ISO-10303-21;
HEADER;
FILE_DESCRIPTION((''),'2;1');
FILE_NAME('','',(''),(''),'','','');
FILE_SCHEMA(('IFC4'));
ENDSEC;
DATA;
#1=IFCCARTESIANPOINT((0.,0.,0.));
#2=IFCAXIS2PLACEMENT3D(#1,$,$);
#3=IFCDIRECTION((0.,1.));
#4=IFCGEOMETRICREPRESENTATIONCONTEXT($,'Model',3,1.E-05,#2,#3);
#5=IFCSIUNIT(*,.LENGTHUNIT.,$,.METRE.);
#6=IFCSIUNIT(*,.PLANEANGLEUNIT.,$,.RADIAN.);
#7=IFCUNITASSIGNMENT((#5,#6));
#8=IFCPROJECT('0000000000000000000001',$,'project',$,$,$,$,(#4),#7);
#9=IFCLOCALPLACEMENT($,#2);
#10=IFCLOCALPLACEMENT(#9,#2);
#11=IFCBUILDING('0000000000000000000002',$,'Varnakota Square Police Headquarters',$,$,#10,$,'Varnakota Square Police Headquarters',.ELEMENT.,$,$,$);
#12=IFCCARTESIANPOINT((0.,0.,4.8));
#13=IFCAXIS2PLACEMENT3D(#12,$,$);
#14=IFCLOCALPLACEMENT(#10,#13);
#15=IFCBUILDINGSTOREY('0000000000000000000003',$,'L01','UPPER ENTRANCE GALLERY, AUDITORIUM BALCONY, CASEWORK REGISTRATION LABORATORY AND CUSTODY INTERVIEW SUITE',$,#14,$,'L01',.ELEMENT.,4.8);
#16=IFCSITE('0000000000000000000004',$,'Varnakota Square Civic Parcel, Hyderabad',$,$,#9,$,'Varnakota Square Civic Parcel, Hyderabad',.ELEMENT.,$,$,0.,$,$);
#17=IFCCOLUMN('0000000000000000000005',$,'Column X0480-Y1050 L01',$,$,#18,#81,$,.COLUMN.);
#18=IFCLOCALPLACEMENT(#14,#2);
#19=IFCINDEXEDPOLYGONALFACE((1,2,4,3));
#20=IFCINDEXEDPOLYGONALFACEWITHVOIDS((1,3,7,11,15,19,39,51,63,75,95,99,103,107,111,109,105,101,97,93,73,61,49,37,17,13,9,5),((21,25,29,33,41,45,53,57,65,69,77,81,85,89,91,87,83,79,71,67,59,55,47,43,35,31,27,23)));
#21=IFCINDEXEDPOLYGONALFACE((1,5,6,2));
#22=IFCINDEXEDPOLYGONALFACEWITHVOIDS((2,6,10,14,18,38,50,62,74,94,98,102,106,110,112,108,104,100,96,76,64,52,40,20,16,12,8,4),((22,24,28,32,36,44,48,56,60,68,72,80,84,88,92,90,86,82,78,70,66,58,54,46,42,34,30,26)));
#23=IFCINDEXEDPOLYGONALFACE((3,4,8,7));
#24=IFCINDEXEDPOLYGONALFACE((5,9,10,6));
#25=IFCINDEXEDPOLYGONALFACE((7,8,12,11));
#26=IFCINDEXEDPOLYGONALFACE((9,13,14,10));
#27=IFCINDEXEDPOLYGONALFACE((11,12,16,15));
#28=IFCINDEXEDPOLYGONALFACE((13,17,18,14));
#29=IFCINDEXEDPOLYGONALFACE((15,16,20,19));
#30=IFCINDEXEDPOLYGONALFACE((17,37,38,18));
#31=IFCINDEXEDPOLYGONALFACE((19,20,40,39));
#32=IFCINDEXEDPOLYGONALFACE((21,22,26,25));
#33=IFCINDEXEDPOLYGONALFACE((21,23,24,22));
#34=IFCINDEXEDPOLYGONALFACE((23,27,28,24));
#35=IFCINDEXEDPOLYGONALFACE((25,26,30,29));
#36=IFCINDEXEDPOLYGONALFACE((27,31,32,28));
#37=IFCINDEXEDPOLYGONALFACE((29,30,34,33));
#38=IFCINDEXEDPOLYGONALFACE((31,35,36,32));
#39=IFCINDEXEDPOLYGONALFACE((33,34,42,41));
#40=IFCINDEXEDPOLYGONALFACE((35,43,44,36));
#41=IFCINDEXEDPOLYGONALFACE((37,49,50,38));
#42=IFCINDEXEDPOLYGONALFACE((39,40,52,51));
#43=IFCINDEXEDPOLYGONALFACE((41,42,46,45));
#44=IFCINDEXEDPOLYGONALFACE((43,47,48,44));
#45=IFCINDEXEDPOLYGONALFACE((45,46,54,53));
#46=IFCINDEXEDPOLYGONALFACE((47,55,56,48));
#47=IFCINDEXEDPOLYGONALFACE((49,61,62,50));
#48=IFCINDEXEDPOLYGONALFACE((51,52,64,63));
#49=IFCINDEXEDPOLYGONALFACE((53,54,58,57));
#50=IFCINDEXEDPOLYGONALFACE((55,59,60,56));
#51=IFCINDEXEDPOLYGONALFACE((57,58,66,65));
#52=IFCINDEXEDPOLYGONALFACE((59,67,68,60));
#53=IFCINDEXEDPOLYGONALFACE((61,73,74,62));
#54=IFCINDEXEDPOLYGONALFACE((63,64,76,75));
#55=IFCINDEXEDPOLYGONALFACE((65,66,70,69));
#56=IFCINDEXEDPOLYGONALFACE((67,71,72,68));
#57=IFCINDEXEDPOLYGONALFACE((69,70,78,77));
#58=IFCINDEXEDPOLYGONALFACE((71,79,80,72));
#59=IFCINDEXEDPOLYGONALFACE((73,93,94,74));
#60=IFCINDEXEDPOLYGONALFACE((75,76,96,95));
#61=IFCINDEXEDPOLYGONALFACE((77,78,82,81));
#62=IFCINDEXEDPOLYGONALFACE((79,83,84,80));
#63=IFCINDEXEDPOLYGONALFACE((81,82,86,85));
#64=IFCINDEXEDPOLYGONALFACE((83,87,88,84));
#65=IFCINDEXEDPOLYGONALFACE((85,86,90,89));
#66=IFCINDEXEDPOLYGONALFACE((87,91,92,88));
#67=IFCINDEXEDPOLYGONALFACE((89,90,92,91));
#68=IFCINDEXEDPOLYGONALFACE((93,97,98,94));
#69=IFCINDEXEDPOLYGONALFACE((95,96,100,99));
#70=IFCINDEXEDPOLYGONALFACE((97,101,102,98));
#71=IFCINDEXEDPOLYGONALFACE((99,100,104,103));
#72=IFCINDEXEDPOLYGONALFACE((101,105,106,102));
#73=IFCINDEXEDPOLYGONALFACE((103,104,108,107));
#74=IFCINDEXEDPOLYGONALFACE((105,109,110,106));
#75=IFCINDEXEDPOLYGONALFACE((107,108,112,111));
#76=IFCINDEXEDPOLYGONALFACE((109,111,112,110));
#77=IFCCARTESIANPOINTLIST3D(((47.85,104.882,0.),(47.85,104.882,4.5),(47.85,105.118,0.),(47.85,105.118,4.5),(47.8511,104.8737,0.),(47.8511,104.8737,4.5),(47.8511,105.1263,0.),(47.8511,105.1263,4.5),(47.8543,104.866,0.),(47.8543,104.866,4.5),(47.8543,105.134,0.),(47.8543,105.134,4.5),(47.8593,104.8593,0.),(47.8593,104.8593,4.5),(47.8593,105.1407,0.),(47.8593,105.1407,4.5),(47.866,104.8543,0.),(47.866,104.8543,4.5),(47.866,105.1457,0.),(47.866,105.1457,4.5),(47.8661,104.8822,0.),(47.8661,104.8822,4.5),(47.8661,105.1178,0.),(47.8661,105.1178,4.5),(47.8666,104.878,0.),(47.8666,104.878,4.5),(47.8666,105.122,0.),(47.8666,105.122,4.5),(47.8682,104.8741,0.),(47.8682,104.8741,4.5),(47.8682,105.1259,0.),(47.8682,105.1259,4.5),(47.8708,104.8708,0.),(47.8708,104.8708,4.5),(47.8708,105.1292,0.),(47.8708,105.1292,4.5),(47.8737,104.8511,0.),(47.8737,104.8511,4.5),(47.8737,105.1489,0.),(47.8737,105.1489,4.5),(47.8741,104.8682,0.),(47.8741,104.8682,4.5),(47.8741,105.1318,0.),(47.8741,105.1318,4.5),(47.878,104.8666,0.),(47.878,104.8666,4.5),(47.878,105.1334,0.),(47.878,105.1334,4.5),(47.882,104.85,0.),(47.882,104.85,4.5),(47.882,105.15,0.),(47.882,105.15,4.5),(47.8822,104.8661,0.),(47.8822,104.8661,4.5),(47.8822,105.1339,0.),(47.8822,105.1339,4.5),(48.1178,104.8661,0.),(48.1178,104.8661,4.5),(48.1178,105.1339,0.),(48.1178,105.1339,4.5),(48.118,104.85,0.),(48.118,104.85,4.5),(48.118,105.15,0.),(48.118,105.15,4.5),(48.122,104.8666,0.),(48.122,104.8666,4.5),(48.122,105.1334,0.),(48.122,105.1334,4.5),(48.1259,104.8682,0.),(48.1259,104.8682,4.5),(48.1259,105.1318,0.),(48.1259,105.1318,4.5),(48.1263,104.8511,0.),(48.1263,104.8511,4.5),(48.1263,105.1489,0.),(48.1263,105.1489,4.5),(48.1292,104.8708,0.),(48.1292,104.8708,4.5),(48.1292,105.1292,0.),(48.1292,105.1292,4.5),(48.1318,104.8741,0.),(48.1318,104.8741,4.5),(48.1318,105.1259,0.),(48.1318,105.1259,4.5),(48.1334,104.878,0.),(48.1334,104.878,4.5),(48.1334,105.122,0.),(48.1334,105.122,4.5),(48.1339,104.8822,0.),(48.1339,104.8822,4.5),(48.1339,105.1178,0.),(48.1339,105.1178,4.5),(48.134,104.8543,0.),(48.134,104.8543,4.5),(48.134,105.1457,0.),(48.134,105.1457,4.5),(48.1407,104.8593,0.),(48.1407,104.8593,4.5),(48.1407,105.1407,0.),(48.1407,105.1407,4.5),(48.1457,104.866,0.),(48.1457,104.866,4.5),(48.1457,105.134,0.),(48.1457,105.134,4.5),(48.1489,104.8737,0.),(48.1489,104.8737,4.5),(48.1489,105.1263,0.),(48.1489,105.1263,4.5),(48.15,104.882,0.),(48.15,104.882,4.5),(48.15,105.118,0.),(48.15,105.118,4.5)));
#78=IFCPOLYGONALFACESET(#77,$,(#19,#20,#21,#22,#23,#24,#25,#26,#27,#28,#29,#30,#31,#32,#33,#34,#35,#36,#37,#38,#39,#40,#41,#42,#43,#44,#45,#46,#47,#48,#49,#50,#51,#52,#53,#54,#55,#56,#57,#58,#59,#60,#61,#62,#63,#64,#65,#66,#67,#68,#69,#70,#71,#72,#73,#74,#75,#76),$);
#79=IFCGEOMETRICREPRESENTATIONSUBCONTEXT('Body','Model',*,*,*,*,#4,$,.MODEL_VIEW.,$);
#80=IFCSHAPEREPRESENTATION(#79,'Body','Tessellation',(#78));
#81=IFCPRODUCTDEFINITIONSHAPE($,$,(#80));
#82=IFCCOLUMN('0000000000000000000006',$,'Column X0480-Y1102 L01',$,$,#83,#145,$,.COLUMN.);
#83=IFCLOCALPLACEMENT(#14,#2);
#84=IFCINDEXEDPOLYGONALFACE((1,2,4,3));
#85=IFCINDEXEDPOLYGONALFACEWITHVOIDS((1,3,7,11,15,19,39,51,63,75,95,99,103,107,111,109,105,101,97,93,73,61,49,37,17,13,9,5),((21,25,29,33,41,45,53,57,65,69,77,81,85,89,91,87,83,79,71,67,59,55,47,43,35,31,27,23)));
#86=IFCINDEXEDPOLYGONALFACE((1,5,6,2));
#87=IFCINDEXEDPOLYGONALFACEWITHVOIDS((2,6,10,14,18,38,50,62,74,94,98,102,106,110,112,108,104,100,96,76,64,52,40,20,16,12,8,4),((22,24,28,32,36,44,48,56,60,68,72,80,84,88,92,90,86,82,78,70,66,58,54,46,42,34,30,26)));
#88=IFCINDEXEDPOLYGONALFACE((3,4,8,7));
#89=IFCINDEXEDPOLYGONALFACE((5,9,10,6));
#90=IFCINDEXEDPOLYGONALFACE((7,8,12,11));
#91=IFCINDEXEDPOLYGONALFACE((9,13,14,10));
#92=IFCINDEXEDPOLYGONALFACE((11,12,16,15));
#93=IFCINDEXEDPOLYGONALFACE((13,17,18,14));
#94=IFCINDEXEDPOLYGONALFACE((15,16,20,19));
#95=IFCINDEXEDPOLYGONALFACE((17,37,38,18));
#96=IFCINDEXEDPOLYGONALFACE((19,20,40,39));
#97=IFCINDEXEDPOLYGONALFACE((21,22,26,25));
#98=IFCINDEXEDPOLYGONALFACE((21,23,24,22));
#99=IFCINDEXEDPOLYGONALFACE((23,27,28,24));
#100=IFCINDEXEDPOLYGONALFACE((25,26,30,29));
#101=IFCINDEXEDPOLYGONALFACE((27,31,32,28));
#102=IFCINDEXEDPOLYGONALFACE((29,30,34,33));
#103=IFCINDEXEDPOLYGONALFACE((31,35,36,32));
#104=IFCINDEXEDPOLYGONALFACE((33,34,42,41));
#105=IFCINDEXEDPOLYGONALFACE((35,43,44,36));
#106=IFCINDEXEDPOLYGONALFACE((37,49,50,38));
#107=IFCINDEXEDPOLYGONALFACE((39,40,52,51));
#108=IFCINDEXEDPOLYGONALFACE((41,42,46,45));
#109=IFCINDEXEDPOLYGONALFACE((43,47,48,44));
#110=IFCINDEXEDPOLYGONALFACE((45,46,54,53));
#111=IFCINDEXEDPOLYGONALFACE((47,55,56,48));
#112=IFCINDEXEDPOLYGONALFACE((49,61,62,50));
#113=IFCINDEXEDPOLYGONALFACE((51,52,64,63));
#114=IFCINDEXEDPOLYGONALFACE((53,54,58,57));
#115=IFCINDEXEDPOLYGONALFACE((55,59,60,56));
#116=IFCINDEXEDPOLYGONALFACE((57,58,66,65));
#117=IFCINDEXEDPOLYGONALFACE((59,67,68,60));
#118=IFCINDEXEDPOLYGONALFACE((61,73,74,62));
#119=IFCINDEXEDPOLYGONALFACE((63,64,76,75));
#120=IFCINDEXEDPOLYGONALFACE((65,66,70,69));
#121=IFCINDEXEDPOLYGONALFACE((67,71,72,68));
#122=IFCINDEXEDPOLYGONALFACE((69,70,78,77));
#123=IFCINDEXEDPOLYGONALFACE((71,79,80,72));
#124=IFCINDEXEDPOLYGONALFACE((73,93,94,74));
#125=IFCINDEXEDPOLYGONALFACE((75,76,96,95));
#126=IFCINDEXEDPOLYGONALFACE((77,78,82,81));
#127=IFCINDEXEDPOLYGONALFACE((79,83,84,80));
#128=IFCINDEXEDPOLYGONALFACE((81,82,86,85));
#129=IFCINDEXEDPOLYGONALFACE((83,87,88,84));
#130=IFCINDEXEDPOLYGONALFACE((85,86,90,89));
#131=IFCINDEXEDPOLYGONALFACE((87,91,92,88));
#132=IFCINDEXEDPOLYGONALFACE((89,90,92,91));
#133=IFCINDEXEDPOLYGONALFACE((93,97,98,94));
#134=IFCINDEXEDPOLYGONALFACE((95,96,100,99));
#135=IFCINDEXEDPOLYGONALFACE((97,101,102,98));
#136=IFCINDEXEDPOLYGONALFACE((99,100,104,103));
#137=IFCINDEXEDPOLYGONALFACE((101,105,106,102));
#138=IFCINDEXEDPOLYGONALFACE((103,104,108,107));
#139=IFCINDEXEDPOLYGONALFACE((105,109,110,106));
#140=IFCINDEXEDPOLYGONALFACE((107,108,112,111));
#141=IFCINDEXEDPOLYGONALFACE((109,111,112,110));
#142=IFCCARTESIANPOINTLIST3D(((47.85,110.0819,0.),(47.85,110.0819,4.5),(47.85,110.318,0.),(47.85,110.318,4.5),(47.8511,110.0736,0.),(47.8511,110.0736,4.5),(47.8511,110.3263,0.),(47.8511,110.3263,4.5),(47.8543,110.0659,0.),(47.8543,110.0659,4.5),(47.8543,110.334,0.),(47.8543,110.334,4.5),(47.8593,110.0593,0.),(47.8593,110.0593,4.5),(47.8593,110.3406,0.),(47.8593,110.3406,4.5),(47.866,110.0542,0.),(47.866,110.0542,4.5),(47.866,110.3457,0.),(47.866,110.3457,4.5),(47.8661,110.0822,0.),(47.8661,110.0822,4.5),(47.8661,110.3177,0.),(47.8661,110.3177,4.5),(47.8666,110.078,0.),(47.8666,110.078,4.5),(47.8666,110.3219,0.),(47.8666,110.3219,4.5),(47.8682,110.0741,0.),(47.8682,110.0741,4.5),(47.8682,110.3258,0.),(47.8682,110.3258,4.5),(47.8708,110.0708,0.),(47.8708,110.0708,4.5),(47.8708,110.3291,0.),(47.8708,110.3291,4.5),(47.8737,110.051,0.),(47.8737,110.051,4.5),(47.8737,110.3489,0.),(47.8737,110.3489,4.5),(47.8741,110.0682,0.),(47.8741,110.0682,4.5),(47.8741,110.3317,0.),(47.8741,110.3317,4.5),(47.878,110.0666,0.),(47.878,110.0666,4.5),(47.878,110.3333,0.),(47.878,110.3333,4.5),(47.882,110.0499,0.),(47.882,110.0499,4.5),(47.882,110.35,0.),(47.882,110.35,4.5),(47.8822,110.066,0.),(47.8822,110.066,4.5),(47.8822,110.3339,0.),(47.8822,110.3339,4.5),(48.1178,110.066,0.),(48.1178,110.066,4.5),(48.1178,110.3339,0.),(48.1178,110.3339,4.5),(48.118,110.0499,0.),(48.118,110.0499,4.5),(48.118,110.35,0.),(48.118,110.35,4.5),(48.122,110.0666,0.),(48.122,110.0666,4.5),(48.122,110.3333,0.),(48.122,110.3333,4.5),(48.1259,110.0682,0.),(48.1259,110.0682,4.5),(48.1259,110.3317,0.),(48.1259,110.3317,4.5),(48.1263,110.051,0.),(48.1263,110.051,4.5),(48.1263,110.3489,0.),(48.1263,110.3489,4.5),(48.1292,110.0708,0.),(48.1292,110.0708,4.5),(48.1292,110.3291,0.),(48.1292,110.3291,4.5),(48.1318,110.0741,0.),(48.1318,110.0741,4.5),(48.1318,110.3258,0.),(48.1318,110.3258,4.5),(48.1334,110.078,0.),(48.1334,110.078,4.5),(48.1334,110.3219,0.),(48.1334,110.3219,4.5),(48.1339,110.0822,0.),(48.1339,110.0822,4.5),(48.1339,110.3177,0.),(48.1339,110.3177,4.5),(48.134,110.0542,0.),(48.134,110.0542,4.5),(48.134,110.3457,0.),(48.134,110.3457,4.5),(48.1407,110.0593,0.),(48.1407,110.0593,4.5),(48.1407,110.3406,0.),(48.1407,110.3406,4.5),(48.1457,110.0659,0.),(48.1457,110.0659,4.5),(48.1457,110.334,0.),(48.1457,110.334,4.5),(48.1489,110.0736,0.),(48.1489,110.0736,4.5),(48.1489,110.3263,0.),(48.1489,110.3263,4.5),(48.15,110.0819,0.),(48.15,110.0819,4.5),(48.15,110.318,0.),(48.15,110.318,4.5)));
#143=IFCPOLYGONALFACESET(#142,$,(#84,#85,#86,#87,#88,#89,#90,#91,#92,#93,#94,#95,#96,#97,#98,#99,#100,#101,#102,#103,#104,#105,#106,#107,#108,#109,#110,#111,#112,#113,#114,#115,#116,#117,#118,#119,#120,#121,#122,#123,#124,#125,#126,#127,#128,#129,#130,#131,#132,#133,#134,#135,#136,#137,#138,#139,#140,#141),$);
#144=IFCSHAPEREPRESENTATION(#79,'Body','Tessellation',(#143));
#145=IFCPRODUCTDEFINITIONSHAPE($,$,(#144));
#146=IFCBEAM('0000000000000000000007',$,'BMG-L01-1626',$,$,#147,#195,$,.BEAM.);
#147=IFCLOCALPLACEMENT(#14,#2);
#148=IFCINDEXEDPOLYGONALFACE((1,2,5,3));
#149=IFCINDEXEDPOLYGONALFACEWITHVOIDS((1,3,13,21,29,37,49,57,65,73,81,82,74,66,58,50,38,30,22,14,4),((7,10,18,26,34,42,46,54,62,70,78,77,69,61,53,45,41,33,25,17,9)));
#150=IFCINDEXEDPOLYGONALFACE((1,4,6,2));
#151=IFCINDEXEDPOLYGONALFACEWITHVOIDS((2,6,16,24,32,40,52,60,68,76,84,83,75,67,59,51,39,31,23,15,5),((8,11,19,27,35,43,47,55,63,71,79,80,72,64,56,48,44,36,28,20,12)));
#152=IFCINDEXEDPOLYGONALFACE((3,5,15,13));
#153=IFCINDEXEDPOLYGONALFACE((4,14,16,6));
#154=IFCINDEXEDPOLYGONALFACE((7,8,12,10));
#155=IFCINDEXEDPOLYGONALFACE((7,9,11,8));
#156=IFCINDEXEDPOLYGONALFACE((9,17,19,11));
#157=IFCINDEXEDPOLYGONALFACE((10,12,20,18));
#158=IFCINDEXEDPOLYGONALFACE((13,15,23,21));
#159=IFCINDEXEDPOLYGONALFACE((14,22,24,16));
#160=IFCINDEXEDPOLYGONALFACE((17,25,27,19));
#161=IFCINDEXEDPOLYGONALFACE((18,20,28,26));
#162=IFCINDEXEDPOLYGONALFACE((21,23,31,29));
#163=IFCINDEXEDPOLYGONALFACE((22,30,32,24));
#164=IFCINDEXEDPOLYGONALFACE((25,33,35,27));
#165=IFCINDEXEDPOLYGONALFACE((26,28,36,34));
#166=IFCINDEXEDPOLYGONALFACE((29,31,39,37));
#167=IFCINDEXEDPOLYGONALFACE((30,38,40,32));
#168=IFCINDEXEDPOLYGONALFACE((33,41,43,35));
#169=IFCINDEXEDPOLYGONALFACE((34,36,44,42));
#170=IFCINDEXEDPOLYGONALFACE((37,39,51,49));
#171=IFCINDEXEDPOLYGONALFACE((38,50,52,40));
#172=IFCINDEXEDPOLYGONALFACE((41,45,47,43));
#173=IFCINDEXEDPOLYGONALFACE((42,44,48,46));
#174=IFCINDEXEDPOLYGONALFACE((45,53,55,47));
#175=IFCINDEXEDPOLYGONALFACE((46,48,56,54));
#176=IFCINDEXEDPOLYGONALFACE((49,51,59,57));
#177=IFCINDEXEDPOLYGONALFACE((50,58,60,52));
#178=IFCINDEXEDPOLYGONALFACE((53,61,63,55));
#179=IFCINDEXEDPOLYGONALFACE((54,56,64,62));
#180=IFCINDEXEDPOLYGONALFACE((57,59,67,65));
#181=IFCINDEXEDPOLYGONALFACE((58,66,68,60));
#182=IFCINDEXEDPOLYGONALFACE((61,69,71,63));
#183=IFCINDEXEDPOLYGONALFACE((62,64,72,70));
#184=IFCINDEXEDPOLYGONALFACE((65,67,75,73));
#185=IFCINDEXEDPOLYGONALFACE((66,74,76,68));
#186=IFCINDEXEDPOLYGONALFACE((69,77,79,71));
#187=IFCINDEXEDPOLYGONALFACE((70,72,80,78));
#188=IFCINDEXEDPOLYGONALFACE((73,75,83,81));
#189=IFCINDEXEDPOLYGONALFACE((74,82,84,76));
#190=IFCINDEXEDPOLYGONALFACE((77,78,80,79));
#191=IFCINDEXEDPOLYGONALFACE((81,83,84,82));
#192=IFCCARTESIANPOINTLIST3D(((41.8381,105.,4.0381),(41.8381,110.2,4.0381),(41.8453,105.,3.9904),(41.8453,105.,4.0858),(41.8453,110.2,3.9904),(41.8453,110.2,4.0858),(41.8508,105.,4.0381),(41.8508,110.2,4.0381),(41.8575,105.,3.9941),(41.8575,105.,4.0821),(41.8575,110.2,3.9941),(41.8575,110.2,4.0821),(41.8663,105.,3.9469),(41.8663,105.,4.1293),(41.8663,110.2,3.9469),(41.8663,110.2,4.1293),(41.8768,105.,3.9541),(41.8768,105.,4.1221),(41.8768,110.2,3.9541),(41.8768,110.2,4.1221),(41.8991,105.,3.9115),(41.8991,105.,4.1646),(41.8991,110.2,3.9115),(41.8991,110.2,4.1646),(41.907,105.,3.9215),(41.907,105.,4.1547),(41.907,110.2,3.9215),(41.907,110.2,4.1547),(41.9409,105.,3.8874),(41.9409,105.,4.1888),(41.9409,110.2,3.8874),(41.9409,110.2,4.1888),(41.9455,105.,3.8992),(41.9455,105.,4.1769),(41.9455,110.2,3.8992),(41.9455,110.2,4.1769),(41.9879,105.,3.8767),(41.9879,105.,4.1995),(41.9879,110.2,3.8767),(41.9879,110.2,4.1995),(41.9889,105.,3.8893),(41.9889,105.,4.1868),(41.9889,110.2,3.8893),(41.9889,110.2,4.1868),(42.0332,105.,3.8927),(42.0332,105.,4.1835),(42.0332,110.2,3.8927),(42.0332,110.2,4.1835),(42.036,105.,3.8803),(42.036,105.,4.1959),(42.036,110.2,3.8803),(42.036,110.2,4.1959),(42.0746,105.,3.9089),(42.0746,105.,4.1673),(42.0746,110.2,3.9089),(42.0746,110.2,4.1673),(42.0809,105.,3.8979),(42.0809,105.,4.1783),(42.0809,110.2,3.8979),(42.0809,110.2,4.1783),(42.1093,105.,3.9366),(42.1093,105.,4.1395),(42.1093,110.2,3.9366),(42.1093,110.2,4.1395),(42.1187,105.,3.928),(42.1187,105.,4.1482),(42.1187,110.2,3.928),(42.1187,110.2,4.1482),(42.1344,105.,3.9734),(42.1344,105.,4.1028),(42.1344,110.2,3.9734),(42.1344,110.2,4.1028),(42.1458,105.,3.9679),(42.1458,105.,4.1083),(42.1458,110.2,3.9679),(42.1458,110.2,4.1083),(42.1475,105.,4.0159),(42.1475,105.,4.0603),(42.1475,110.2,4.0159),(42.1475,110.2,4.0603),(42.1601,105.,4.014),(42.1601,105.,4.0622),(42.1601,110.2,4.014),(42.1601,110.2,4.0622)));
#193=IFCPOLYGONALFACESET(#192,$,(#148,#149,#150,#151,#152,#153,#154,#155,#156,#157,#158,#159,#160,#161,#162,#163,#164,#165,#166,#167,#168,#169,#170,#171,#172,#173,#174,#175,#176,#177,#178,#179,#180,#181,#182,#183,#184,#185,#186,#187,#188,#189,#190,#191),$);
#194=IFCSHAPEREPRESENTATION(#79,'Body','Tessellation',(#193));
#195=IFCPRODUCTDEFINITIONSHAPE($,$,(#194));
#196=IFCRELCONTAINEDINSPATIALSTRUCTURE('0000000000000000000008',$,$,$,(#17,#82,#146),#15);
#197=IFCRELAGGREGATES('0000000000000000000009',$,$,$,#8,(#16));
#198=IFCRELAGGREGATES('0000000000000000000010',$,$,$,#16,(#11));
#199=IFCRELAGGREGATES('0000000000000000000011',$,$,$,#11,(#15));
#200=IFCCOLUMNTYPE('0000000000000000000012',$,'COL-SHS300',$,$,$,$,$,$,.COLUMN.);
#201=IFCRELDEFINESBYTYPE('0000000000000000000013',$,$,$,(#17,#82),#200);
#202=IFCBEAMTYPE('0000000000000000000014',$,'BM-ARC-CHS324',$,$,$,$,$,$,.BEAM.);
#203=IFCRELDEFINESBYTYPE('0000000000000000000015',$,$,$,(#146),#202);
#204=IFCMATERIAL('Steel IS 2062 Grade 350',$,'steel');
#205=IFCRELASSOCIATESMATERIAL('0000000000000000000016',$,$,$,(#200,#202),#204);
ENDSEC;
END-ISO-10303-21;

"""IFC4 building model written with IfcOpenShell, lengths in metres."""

from ifc_helpers import new_model, si_unit, direction, frame, origin, origin_2d, place, context, subcontext, project, spatial, hollow_rectangle, hollow_circle, extrude, material, material_profile, profile_set, type_object, element, save


model = new_model("IFC4")

# Units and contexts
model_context = context("Model", 3, precision=1e-05, world=origin(), true_north=direction((0.0, 1.0)))
body_context = subcontext(model_context, "Body", "Model", "MODEL_VIEW")
ifc_project = project(units=[si_unit("LENGTHUNIT", "METRE"), si_unit("PLANEANGLEUNIT", "RADIAN")], contexts=[model_context])

# Site, building, storey
site_placement = place(None, origin())
site = spatial("IfcSite", under=ifc_project, at=site_placement, Name="Varnakota Square Civic Parcel, Hyderabad", LongName="Varnakota Square Civic Parcel, Hyderabad", CompositionType="ELEMENT", RefElevation=0.0)
building_placement = place(site_placement, origin())
building = spatial("IfcBuilding", under=site, at=building_placement, Name="Varnakota Square Police Headquarters", LongName="Varnakota Square Police Headquarters", CompositionType="ELEMENT")
storey_placement = place(building_placement, frame((0.0, 0.0, 4.8)))
storey = spatial("IfcBuildingStorey", under=building, at=storey_placement, Name="L01", Description="UPPER ENTRANCE GALLERY, AUDITORIUM BALCONY, CASEWORK REGISTRATION LABORATORY AND CUSTODY INTERVIEW SUITE", LongName="L01", CompositionType="ELEMENT", Elevation=4.8)

# Columns
ifc_material_1 = material(Name="Steel IS 2062 Grade 350", Category="steel")
ifc_material_profile_1 = material_profile(ifc_material_1, hollow_rectangle(XDim=0.3, YDim=0.3, WallThickness=0.0161, InnerFilletRadius=0.0161, OuterFilletRadius=0.032, at=origin_2d()), Name="SHS 300x300x16")
ifc_profile_set_1 = profile_set([ifc_material_profile_1], Name="Steel IS 2062 Grade 350")
column_type_1 = type_object("IfcColumnType", Name="COL-SHS300", PredefinedType="COLUMN", material=ifc_profile_set_1)
for number, where, z_axis, x_axis, name in (
    (1, (48.0, 105.0, 0.0), (0.0, 0.0, 1.0), (1.0, 0.0, 0.0), "Column X0480-Y1050 L01"),
    (2, (48.0, 110.2, 0.0), (0.0, 0.0, 1.0), (1.0, 0.0, 0.0), "Column X0480-Y1102 L01"),
):
    element("IfcColumn", number, at=place(storey_placement, frame(where, z_axis=z_axis, x_axis=x_axis)), inside=storey, type_object=column_type_1, Name=name, PredefinedType="COLUMN", context=body_context, shape_type="SweptSolid", body=[
        extrude(hollow_rectangle(XDim=0.3, YDim=0.3, WallThickness=0.0161, InnerFilletRadius=0.0161, OuterFilletRadius=0.032, at=origin_2d()), origin(), (0.0, 0.0, 1.0), 4.5),
    ])

# Beam
ifc_material_profile_2 = material_profile(ifc_material_1, hollow_circle(Radius=0.1619, WallThickness=0.0127, at=origin_2d()), Name="CHS 323.9x12.7")
ifc_profile_set_2 = profile_set([ifc_material_profile_2], Name="Steel IS 2062 Grade 350")
beam_type_1 = type_object("IfcBeamType", Name="BM-ARC-CHS324", PredefinedType="BEAM", material=ifc_profile_set_2)
for number, where, z_axis, x_axis, name in (
    (3, (42.0, 105.0, 4.0381), (0.0, 1.0, 0.0), (-1.0, 0.0, 0.0), "BMG-L01-1626"),
):
    element("IfcBeam", number, at=place(storey_placement, frame(where, z_axis=z_axis, x_axis=x_axis)), inside=storey, type_object=beam_type_1, Name=name, PredefinedType="BEAM", context=body_context, shape_type="SweptSolid", body=[
        extrude(hollow_circle(Radius=0.1619, WallThickness=0.0127, at=origin_2d()), origin(), (0.0, 0.0, 1.0), 5.2),
    ])

save(model, "model.ifc")
